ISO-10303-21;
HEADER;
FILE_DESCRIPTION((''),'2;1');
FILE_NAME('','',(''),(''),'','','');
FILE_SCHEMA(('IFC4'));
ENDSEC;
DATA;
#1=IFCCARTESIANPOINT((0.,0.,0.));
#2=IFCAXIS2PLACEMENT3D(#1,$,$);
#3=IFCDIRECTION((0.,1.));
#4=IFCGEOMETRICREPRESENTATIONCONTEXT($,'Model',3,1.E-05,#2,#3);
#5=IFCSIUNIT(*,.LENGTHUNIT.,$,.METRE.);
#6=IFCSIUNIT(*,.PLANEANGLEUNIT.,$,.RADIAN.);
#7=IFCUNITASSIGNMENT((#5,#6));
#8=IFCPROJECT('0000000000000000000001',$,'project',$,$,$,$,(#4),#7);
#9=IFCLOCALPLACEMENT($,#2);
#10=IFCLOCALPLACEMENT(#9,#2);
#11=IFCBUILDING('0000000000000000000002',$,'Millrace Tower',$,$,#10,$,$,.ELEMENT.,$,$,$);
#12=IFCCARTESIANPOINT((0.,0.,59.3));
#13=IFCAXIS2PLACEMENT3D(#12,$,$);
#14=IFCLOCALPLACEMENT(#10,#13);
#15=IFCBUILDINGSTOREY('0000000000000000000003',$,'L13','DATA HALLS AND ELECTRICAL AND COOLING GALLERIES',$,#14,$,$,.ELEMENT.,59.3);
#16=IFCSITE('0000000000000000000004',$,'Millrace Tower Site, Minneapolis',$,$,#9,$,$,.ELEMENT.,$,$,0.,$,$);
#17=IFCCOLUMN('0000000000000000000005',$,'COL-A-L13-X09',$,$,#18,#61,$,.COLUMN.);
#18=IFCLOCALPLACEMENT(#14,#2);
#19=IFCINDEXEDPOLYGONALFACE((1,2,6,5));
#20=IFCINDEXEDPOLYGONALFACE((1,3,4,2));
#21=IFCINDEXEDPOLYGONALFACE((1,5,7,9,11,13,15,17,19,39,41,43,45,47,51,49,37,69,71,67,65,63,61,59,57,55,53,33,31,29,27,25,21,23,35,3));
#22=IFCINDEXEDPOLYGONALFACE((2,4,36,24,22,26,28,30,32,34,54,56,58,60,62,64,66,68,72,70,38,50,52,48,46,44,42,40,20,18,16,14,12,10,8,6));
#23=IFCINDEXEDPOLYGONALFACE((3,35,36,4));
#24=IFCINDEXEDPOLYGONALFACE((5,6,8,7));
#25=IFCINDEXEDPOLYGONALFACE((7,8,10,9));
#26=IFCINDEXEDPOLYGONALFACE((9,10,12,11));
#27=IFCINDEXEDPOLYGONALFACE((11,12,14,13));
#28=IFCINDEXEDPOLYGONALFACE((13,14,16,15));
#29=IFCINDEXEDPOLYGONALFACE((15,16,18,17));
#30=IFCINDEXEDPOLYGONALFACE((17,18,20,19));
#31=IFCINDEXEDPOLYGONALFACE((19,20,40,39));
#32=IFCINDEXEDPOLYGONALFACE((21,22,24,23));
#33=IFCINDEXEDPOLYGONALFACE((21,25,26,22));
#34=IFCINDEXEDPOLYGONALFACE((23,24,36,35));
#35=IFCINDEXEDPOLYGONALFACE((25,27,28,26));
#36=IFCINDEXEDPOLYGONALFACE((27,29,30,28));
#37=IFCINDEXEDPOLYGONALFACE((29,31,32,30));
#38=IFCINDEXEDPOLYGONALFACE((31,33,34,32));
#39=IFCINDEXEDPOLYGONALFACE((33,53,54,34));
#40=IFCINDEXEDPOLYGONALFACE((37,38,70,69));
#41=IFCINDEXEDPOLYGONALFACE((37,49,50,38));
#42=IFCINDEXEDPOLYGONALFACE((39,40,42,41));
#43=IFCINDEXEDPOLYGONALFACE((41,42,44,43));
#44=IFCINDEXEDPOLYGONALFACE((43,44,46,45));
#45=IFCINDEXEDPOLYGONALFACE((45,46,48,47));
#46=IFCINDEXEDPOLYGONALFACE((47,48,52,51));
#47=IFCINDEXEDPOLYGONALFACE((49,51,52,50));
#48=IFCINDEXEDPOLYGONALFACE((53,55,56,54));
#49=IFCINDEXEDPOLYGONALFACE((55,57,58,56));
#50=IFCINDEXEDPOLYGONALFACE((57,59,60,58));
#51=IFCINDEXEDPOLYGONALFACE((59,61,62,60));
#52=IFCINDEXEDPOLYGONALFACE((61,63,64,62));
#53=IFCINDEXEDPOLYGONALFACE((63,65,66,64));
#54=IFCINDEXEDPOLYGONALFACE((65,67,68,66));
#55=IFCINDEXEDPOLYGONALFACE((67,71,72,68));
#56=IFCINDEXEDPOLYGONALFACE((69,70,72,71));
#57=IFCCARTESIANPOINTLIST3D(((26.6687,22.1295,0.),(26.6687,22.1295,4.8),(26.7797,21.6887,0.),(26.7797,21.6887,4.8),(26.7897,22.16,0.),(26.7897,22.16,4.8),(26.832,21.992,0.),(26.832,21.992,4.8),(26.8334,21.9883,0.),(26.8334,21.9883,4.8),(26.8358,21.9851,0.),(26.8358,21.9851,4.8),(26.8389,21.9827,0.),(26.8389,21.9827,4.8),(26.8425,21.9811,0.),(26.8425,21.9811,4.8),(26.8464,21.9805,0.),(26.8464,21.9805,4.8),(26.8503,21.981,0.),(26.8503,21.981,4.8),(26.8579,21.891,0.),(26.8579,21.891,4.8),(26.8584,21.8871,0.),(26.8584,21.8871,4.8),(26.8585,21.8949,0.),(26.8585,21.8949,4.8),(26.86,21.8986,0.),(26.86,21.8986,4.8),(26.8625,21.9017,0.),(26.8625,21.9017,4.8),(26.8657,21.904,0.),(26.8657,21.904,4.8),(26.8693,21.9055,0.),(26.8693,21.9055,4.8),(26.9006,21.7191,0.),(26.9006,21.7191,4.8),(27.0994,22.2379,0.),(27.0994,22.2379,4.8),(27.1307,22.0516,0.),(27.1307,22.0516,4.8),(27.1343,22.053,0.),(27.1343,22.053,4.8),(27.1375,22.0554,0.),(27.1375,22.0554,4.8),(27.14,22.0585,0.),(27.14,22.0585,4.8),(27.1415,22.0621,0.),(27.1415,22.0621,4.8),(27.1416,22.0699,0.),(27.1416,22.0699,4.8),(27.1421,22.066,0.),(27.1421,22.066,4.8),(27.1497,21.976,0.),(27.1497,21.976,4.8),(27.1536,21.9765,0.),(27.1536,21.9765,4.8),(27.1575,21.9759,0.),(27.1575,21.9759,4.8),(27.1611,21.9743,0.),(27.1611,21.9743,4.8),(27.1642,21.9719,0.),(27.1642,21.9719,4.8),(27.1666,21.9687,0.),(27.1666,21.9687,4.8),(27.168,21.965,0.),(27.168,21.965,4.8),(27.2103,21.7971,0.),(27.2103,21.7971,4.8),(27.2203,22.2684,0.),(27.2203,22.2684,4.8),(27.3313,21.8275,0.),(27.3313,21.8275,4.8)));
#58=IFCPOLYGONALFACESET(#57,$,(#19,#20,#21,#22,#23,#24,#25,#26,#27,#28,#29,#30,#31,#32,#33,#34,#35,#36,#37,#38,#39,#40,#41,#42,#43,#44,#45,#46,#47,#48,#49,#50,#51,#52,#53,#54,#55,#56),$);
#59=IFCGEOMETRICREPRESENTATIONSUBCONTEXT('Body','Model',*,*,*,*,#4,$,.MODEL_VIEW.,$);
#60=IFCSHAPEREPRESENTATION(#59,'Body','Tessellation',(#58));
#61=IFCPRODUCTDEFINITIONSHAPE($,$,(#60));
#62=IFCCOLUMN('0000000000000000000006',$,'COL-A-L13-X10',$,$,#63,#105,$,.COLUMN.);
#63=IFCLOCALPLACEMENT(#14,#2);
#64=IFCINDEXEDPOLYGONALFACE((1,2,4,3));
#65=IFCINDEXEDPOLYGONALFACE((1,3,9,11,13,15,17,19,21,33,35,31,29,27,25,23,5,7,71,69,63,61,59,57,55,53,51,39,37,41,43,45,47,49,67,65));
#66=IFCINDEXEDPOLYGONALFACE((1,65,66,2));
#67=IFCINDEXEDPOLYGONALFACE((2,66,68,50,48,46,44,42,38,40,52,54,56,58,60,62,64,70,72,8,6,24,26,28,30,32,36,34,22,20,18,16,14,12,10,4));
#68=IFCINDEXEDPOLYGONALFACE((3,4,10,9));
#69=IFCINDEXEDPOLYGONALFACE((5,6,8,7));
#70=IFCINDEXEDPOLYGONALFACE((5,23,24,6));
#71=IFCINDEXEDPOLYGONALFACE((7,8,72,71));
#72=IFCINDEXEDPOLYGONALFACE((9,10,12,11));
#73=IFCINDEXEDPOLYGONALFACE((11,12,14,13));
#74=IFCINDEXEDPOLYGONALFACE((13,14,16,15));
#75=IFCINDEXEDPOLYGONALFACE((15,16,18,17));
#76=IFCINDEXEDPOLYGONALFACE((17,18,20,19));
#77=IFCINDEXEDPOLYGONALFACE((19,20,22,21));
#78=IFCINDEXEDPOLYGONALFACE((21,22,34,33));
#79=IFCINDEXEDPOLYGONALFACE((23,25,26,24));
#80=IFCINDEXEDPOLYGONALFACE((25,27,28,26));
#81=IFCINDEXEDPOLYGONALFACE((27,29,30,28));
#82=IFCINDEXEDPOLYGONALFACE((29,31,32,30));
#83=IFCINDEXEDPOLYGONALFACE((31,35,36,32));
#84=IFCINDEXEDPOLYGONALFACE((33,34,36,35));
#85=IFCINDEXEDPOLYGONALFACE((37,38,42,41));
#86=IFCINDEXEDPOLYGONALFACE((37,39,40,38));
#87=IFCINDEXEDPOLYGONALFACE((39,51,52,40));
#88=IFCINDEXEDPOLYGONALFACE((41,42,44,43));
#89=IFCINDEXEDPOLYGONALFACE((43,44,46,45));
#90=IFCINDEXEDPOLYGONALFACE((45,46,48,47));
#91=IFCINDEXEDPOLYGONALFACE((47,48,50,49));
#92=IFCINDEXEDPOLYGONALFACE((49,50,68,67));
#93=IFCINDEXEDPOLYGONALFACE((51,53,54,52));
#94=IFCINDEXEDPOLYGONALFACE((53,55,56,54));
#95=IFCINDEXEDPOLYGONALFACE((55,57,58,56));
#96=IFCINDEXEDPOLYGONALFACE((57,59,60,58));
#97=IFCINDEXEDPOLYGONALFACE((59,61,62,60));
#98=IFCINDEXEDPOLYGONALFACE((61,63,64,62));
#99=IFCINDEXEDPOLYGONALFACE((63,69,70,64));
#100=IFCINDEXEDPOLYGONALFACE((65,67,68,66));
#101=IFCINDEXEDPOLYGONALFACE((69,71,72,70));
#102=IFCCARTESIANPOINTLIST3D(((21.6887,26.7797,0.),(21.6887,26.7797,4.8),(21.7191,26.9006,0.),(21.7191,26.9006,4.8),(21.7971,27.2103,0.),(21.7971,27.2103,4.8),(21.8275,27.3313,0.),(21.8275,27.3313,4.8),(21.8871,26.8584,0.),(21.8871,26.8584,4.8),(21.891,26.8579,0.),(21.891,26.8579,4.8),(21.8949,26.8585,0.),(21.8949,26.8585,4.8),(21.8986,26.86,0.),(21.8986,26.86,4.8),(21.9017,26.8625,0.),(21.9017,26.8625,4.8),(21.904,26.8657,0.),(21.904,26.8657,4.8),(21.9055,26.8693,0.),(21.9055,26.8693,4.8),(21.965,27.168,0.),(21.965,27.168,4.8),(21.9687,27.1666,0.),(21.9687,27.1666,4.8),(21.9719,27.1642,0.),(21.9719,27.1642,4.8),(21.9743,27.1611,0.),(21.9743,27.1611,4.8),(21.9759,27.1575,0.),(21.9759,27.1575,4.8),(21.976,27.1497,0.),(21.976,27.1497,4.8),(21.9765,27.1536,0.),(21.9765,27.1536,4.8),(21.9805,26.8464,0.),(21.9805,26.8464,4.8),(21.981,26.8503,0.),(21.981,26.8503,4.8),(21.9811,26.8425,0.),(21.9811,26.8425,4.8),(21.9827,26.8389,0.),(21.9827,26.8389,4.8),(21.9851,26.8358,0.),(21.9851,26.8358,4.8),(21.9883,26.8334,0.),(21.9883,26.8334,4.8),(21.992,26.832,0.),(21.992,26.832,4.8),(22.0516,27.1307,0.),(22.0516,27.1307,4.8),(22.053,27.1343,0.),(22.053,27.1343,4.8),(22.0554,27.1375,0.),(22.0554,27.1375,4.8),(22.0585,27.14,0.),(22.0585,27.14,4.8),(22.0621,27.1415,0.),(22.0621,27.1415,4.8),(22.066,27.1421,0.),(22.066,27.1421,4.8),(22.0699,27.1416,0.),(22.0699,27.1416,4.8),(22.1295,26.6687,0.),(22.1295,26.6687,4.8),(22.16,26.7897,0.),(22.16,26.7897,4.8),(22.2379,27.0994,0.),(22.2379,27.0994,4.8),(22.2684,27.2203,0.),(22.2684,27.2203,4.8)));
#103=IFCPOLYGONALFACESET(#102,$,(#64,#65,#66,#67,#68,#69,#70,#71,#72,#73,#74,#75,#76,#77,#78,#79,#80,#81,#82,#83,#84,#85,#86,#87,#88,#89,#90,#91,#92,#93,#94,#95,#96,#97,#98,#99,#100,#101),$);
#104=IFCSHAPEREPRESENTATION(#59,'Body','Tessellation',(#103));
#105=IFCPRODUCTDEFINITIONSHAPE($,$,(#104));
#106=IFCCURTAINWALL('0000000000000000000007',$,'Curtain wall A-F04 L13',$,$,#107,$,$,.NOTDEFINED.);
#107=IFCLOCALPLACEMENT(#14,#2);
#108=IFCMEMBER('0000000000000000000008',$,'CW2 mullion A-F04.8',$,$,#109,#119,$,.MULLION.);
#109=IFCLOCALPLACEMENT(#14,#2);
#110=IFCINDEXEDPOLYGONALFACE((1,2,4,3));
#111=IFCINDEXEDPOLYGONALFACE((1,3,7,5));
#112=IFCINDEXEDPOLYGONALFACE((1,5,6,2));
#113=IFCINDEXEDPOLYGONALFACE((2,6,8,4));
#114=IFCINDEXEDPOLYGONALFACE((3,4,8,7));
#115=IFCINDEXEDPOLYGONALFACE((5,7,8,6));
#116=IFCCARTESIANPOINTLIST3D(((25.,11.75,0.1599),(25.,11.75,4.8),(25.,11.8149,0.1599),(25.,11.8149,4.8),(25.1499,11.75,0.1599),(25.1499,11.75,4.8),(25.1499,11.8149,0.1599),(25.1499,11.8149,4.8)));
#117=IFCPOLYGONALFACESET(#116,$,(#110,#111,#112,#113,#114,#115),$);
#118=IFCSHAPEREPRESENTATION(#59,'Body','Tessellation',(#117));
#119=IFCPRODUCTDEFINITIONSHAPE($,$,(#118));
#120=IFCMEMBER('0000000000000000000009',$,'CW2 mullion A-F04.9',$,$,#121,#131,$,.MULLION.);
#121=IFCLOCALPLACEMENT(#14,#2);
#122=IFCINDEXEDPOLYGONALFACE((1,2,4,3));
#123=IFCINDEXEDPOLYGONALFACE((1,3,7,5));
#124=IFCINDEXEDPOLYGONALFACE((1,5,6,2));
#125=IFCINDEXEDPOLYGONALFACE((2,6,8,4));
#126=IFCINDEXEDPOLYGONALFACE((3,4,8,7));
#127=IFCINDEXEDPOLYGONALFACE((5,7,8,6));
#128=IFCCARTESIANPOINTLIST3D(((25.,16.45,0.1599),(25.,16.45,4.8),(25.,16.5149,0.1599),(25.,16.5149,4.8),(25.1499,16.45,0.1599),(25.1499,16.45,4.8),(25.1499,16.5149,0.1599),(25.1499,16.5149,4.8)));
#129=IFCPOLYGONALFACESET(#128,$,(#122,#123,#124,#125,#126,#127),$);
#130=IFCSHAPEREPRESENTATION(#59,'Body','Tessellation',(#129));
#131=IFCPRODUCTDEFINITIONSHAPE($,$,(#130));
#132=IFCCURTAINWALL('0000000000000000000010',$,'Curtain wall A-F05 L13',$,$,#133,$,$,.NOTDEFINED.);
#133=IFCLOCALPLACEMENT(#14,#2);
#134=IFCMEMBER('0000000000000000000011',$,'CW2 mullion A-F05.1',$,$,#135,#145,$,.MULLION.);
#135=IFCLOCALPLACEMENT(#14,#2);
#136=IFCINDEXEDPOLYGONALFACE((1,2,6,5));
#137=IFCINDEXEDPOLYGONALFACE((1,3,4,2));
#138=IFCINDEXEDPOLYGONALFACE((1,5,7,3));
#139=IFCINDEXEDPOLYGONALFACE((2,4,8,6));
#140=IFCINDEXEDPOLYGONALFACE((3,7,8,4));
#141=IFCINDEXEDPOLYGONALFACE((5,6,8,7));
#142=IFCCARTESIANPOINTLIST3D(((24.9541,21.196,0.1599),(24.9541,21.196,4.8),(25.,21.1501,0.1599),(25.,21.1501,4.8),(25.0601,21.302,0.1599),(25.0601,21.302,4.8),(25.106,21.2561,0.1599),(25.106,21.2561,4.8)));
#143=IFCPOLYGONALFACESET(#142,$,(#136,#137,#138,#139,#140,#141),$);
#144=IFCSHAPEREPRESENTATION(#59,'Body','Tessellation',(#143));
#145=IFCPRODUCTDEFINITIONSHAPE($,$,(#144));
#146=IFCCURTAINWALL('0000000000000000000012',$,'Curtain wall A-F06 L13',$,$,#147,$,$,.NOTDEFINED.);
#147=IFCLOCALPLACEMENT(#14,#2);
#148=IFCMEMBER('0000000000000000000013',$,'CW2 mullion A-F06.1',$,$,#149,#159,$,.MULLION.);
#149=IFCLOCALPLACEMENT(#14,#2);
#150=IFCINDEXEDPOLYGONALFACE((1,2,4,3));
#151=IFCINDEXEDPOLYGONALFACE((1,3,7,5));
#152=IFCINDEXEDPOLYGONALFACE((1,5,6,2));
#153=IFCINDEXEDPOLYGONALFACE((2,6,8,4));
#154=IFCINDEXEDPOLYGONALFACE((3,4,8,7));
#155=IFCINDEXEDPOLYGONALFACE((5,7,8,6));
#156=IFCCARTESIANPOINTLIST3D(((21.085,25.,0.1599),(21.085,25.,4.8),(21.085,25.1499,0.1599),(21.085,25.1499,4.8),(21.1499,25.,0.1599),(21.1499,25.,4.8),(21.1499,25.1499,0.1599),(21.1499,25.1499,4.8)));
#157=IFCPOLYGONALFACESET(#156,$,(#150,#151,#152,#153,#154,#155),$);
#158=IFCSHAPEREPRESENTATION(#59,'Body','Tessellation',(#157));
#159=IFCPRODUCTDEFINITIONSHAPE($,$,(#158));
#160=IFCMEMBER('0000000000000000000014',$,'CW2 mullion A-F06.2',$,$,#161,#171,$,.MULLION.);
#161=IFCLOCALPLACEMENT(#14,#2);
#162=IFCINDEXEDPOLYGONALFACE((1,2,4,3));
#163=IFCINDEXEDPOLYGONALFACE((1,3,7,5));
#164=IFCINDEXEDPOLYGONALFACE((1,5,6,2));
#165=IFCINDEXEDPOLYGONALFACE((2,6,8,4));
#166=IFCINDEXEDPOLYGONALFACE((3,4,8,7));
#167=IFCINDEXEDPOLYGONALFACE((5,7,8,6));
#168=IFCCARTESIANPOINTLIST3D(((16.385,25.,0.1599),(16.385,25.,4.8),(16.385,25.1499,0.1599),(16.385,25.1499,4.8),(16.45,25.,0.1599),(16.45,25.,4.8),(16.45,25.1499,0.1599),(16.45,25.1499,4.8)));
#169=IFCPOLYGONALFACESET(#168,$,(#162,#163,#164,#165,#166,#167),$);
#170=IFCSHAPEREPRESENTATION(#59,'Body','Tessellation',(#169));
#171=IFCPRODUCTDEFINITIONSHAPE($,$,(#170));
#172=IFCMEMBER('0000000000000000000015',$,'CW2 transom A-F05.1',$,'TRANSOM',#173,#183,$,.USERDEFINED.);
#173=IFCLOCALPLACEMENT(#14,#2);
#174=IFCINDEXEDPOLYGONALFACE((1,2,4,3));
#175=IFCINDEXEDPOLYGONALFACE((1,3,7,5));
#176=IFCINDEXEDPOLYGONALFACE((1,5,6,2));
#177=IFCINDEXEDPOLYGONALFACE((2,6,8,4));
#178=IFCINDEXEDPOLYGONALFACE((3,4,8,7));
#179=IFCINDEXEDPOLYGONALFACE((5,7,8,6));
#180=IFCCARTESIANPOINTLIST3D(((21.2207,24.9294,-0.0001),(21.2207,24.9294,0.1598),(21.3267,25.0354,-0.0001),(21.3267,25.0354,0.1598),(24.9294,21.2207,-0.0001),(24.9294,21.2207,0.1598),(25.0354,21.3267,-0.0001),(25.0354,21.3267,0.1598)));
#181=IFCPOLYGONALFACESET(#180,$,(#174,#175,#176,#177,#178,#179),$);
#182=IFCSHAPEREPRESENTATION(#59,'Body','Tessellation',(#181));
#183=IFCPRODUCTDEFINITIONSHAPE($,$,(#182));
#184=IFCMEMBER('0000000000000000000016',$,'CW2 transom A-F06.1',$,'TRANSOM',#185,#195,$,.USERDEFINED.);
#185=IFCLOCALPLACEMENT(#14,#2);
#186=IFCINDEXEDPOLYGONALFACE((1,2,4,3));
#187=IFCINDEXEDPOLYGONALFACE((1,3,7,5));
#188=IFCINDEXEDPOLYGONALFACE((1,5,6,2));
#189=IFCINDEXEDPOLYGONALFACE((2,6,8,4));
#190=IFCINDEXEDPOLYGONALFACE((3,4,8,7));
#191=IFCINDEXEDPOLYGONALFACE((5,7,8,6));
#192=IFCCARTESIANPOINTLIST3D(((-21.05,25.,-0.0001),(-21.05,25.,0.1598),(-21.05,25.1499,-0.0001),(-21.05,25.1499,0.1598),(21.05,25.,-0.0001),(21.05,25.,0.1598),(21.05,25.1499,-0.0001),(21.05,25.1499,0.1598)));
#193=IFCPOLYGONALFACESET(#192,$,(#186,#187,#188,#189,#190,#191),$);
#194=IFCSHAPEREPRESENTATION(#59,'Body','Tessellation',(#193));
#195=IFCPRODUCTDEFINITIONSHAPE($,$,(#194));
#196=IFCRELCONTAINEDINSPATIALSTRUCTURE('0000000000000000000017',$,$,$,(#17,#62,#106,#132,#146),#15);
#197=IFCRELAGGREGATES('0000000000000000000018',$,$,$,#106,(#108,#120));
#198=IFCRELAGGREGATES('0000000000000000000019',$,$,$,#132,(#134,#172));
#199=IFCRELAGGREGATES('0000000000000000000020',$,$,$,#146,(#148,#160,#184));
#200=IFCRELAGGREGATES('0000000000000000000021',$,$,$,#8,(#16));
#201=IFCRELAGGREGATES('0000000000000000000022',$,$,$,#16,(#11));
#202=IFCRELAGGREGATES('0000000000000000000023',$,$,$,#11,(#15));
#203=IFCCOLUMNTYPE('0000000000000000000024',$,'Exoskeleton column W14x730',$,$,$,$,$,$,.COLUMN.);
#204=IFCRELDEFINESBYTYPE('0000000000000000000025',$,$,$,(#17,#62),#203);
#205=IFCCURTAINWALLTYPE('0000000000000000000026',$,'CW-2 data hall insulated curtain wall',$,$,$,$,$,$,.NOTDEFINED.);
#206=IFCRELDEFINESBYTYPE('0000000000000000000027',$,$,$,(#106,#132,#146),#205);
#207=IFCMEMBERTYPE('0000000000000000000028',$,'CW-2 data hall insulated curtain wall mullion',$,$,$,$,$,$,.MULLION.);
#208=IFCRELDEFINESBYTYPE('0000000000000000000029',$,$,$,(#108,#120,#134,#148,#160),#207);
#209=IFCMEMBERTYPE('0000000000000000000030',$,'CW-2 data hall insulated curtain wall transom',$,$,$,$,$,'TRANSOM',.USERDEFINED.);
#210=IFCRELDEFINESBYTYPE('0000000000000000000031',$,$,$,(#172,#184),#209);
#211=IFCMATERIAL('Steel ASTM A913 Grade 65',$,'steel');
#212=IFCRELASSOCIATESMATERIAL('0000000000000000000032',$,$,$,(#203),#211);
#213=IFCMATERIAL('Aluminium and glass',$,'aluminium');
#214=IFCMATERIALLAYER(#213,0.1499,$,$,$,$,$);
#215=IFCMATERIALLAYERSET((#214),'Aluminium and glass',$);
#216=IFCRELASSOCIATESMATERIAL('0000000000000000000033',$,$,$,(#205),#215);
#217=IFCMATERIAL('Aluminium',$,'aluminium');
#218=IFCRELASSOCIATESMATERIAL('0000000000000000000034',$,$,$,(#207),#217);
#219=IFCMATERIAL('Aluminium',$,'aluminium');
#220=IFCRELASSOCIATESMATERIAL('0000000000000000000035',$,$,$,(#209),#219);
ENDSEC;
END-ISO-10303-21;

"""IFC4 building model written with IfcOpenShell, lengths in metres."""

from ifc_helpers import new_model, si_unit, direction, frame, origin, origin_2d, place, context, subcontext, project, spatial, rectangle, i_section, extrude, material, layer, layer_set, material_profile, profile_set, type_object, element, aggregate, save


model = new_model("IFC4")

# Units and contexts
model_context = context("Model", 3, precision=1e-05, world=origin(), true_north=direction((0.0, 1.0)))
body_context = subcontext(model_context, "Body", "Model", "MODEL_VIEW")
ifc_project = project(units=[si_unit("LENGTHUNIT", "METRE"), si_unit("PLANEANGLEUNIT", "RADIAN")], contexts=[model_context])

# Site, building, storey
site_placement = place(None, origin())
site = spatial("IfcSite", under=ifc_project, at=site_placement, Name="Millrace Tower Site, Minneapolis", CompositionType="ELEMENT", RefElevation=0.0)
building_placement = place(site_placement, origin())
building = spatial("IfcBuilding", under=site, at=building_placement, Name="Millrace Tower", CompositionType="ELEMENT")
storey_placement = place(building_placement, frame((0.0, 0.0, 59.3)))
storey = spatial("IfcBuildingStorey", under=building, at=storey_placement, Name="L13", Description="DATA HALLS AND ELECTRICAL AND COOLING GALLERIES", CompositionType="ELEMENT", Elevation=59.3)

# Columns
ifc_material_1 = material(Name="Steel ASTM A913 Grade 65", Category="steel")
ifc_material_profile_1 = material_profile(ifc_material_1, i_section(OverallWidth=0.4546, OverallDepth=0.5688, WebThickness=0.0779, FlangeThickness=0.1248, FilletRadius=0.0151, at=origin_2d()))
ifc_profile_set_1 = profile_set([ifc_material_profile_1], Name="Steel ASTM A913 Grade 65")
column_type = type_object("IfcColumnType", Name="Exoskeleton column W14x730", PredefinedType="COLUMN", material=ifc_profile_set_1)
for number, where, z_axis, x_axis, name in (
    (1, (27.0, 21.9785, 0.0), (0.0, 0.0, 1.0), (-0.244094, 0.969752, 0.0), "COL-A-L13-X09"),
    (2, (21.9785, 27.0, 0.0), (0.0, 0.0, 1.0), (-0.969752, 0.244094, 0.0), "COL-A-L13-X10"),
):
    element("IfcColumn", number, at=place(storey_placement, frame(where, z_axis=z_axis, x_axis=x_axis)), inside=storey, type_object=column_type, Name=name, PredefinedType="COLUMN", context=body_context, shape_type="SweptSolid", body=[
        extrude(i_section(OverallWidth=0.4546, OverallDepth=0.5688, WebThickness=0.0779, FlangeThickness=0.1248, FilletRadius=0.0151, at=origin_2d()), origin(), (0.0, 0.0, 1.0), 4.8),
    ])

# Curtain wall, members
ifc_material_2 = material(Name="Aluminium and glass", Category="aluminium")
ifc_layer_1 = layer(ifc_material_2, 0.1499)
ifc_layer_set_1 = layer_set([ifc_layer_1], Name="Aluminium and glass")
curtain_wall_type = type_object("IfcCurtainWallType", Name="CW-2 data hall insulated curtain wall", PredefinedType="NOTDEFINED", material=ifc_layer_set_1)
placement = place(storey_placement, origin())
curtain_wall_1 = element("IfcCurtainWall", 3, at=placement, inside=storey, type_object=curtain_wall_type, Name="Curtain wall A-F04 L13", PredefinedType="NOTDEFINED")
ifc_material_3 = material(Name="Aluminium", Category="aluminium")
ifc_material_profile_2 = material_profile(ifc_material_3, rectangle(XDim=0.0649, YDim=0.1499, at=origin_2d()))
ifc_profile_set_2 = profile_set([ifc_material_profile_2], Name="Aluminium")
member_type_1 = type_object("IfcMemberType", Name="CW-2 data hall insulated curtain wall mullion", PredefinedType="MULLION", material=ifc_profile_set_2)
member_1_placement = place(storey_placement, frame((25.075, 11.7825, 0.1599), z_axis=(0.0, 0.0, 1.0), x_axis=(0.0, 1.0, 0.0)))
member_1 = element("IfcMember", 4, at=member_1_placement, type_object=member_type_1, Name="CW2 mullion A-F04.8", PredefinedType="MULLION", context=body_context, shape_type="SweptSolid", body=[
    extrude(rectangle(XDim=0.0649, YDim=0.1499, at=origin_2d()), origin(), (0.0, 0.0, 1.0), 4.6401),
])
member_2_placement = place(storey_placement, frame((25.075, 16.4824, 0.1599), z_axis=(0.0, 0.0, 1.0), x_axis=(0.0, 1.0, 0.0)))
member_2 = element("IfcMember", 5, at=member_2_placement, type_object=member_type_1, Name="CW2 mullion A-F04.9", PredefinedType="MULLION", context=body_context, shape_type="SweptSolid", body=[
    extrude(rectangle(XDim=0.0649, YDim=0.1499, at=origin_2d()), origin(), (0.0, 0.0, 1.0), 4.6401),
])
aggregate(curtain_wall_1, [member_1, member_2])

# Curtain wall, member
curtain_wall_2 = element("IfcCurtainWall", 6, at=placement, inside=storey, type_object=curtain_wall_type, Name="Curtain wall A-F05 L13", PredefinedType="NOTDEFINED")
member_3_placement = place(storey_placement, frame((25.03, 21.2261, 0.1599), z_axis=(0.0, 0.0, 1.0), x_axis=(-0.707107, 0.707107, 0.0)))
member_3 = element("IfcMember", 7, at=member_3_placement, type_object=member_type_1, Name="CW2 mullion A-F05.1", PredefinedType="MULLION", context=body_context, shape_type="SweptSolid", body=[
    extrude(rectangle(XDim=0.0649, YDim=0.1499, at=origin_2d()), origin(), (0.0, 0.0, 1.0), 4.6401),
])

# Curtain wall, members
curtain_wall_3 = element("IfcCurtainWall", 8, at=placement, inside=storey, type_object=curtain_wall_type, Name="Curtain wall A-F06 L13", PredefinedType="NOTDEFINED")
member_4_placement = place(storey_placement, frame((21.1174, 25.075, 0.1599), z_axis=(0.0, 0.0, 1.0), x_axis=(-1.0, 0.0, 0.0)))
member_4 = element("IfcMember", 9, at=member_4_placement, type_object=member_type_1, Name="CW2 mullion A-F06.1", PredefinedType="MULLION", context=body_context, shape_type="SweptSolid", body=[
    extrude(rectangle(XDim=0.0649, YDim=0.1499, at=origin_2d()), origin(), (0.0, 0.0, 1.0), 4.6401),
])
member_5_placement = place(storey_placement, frame((16.4175, 25.075, 0.1599), z_axis=(0.0, 0.0, 1.0), x_axis=(-1.0, 0.0, 0.0)))
member_5 = element("IfcMember", 10, at=member_5_placement, type_object=member_type_1, Name="CW2 mullion A-F06.2", PredefinedType="MULLION", context=body_context, shape_type="SweptSolid", body=[
    extrude(rectangle(XDim=0.0649, YDim=0.1499, at=origin_2d()), origin(), (0.0, 0.0, 1.0), 4.6401),
])

# Members
ifc_material_4 = material(Name="Aluminium", Category="aluminium")
ifc_material_profile_3 = material_profile(ifc_material_4, rectangle(XDim=0.1499, YDim=0.1599, at=origin_2d()))
ifc_profile_set_3 = profile_set([ifc_material_profile_3], Name="Aluminium")
member_type_2 = type_object("IfcMemberType", Name="CW-2 data hall insulated curtain wall transom", ElementType="TRANSOM", PredefinedType="USERDEFINED", material=ifc_profile_set_3)
member_6_placement = place(storey_placement, frame((24.9824, 21.2737, 0.0798), z_axis=(-0.707107, 0.707107, 0.0), x_axis=(-0.707107, -0.707107, 0.0)))
member_6 = element("IfcMember", 11, at=member_6_placement, type_object=member_type_2, Name="CW2 transom A-F05.1", ObjectType="TRANSOM", PredefinedType="USERDEFINED", context=body_context, shape_type="SweptSolid", body=[
    extrude(rectangle(XDim=0.1499, YDim=0.1599, at=origin_2d()), origin(), (0.0, 0.0, 1.0), 5.2449),
])
aggregate(curtain_wall_2, [member_3, member_6])
member_7_placement = place(storey_placement, frame((21.05, 25.075, 0.0798), z_axis=(-1.0, 0.0, 0.0), x_axis=(0.0, -1.0, 0.0)))
member_7 = element("IfcMember", 12, at=member_7_placement, type_object=member_type_2, Name="CW2 transom A-F06.1", ObjectType="TRANSOM", PredefinedType="USERDEFINED", context=body_context, shape_type="SweptSolid", body=[
    extrude(rectangle(XDim=0.1499, YDim=0.1599, at=origin_2d()), origin(), (0.0, 0.0, 1.0), 42.1001),
])
aggregate(curtain_wall_3, [member_4, member_5, member_7])

save(model, "model.ifc")
